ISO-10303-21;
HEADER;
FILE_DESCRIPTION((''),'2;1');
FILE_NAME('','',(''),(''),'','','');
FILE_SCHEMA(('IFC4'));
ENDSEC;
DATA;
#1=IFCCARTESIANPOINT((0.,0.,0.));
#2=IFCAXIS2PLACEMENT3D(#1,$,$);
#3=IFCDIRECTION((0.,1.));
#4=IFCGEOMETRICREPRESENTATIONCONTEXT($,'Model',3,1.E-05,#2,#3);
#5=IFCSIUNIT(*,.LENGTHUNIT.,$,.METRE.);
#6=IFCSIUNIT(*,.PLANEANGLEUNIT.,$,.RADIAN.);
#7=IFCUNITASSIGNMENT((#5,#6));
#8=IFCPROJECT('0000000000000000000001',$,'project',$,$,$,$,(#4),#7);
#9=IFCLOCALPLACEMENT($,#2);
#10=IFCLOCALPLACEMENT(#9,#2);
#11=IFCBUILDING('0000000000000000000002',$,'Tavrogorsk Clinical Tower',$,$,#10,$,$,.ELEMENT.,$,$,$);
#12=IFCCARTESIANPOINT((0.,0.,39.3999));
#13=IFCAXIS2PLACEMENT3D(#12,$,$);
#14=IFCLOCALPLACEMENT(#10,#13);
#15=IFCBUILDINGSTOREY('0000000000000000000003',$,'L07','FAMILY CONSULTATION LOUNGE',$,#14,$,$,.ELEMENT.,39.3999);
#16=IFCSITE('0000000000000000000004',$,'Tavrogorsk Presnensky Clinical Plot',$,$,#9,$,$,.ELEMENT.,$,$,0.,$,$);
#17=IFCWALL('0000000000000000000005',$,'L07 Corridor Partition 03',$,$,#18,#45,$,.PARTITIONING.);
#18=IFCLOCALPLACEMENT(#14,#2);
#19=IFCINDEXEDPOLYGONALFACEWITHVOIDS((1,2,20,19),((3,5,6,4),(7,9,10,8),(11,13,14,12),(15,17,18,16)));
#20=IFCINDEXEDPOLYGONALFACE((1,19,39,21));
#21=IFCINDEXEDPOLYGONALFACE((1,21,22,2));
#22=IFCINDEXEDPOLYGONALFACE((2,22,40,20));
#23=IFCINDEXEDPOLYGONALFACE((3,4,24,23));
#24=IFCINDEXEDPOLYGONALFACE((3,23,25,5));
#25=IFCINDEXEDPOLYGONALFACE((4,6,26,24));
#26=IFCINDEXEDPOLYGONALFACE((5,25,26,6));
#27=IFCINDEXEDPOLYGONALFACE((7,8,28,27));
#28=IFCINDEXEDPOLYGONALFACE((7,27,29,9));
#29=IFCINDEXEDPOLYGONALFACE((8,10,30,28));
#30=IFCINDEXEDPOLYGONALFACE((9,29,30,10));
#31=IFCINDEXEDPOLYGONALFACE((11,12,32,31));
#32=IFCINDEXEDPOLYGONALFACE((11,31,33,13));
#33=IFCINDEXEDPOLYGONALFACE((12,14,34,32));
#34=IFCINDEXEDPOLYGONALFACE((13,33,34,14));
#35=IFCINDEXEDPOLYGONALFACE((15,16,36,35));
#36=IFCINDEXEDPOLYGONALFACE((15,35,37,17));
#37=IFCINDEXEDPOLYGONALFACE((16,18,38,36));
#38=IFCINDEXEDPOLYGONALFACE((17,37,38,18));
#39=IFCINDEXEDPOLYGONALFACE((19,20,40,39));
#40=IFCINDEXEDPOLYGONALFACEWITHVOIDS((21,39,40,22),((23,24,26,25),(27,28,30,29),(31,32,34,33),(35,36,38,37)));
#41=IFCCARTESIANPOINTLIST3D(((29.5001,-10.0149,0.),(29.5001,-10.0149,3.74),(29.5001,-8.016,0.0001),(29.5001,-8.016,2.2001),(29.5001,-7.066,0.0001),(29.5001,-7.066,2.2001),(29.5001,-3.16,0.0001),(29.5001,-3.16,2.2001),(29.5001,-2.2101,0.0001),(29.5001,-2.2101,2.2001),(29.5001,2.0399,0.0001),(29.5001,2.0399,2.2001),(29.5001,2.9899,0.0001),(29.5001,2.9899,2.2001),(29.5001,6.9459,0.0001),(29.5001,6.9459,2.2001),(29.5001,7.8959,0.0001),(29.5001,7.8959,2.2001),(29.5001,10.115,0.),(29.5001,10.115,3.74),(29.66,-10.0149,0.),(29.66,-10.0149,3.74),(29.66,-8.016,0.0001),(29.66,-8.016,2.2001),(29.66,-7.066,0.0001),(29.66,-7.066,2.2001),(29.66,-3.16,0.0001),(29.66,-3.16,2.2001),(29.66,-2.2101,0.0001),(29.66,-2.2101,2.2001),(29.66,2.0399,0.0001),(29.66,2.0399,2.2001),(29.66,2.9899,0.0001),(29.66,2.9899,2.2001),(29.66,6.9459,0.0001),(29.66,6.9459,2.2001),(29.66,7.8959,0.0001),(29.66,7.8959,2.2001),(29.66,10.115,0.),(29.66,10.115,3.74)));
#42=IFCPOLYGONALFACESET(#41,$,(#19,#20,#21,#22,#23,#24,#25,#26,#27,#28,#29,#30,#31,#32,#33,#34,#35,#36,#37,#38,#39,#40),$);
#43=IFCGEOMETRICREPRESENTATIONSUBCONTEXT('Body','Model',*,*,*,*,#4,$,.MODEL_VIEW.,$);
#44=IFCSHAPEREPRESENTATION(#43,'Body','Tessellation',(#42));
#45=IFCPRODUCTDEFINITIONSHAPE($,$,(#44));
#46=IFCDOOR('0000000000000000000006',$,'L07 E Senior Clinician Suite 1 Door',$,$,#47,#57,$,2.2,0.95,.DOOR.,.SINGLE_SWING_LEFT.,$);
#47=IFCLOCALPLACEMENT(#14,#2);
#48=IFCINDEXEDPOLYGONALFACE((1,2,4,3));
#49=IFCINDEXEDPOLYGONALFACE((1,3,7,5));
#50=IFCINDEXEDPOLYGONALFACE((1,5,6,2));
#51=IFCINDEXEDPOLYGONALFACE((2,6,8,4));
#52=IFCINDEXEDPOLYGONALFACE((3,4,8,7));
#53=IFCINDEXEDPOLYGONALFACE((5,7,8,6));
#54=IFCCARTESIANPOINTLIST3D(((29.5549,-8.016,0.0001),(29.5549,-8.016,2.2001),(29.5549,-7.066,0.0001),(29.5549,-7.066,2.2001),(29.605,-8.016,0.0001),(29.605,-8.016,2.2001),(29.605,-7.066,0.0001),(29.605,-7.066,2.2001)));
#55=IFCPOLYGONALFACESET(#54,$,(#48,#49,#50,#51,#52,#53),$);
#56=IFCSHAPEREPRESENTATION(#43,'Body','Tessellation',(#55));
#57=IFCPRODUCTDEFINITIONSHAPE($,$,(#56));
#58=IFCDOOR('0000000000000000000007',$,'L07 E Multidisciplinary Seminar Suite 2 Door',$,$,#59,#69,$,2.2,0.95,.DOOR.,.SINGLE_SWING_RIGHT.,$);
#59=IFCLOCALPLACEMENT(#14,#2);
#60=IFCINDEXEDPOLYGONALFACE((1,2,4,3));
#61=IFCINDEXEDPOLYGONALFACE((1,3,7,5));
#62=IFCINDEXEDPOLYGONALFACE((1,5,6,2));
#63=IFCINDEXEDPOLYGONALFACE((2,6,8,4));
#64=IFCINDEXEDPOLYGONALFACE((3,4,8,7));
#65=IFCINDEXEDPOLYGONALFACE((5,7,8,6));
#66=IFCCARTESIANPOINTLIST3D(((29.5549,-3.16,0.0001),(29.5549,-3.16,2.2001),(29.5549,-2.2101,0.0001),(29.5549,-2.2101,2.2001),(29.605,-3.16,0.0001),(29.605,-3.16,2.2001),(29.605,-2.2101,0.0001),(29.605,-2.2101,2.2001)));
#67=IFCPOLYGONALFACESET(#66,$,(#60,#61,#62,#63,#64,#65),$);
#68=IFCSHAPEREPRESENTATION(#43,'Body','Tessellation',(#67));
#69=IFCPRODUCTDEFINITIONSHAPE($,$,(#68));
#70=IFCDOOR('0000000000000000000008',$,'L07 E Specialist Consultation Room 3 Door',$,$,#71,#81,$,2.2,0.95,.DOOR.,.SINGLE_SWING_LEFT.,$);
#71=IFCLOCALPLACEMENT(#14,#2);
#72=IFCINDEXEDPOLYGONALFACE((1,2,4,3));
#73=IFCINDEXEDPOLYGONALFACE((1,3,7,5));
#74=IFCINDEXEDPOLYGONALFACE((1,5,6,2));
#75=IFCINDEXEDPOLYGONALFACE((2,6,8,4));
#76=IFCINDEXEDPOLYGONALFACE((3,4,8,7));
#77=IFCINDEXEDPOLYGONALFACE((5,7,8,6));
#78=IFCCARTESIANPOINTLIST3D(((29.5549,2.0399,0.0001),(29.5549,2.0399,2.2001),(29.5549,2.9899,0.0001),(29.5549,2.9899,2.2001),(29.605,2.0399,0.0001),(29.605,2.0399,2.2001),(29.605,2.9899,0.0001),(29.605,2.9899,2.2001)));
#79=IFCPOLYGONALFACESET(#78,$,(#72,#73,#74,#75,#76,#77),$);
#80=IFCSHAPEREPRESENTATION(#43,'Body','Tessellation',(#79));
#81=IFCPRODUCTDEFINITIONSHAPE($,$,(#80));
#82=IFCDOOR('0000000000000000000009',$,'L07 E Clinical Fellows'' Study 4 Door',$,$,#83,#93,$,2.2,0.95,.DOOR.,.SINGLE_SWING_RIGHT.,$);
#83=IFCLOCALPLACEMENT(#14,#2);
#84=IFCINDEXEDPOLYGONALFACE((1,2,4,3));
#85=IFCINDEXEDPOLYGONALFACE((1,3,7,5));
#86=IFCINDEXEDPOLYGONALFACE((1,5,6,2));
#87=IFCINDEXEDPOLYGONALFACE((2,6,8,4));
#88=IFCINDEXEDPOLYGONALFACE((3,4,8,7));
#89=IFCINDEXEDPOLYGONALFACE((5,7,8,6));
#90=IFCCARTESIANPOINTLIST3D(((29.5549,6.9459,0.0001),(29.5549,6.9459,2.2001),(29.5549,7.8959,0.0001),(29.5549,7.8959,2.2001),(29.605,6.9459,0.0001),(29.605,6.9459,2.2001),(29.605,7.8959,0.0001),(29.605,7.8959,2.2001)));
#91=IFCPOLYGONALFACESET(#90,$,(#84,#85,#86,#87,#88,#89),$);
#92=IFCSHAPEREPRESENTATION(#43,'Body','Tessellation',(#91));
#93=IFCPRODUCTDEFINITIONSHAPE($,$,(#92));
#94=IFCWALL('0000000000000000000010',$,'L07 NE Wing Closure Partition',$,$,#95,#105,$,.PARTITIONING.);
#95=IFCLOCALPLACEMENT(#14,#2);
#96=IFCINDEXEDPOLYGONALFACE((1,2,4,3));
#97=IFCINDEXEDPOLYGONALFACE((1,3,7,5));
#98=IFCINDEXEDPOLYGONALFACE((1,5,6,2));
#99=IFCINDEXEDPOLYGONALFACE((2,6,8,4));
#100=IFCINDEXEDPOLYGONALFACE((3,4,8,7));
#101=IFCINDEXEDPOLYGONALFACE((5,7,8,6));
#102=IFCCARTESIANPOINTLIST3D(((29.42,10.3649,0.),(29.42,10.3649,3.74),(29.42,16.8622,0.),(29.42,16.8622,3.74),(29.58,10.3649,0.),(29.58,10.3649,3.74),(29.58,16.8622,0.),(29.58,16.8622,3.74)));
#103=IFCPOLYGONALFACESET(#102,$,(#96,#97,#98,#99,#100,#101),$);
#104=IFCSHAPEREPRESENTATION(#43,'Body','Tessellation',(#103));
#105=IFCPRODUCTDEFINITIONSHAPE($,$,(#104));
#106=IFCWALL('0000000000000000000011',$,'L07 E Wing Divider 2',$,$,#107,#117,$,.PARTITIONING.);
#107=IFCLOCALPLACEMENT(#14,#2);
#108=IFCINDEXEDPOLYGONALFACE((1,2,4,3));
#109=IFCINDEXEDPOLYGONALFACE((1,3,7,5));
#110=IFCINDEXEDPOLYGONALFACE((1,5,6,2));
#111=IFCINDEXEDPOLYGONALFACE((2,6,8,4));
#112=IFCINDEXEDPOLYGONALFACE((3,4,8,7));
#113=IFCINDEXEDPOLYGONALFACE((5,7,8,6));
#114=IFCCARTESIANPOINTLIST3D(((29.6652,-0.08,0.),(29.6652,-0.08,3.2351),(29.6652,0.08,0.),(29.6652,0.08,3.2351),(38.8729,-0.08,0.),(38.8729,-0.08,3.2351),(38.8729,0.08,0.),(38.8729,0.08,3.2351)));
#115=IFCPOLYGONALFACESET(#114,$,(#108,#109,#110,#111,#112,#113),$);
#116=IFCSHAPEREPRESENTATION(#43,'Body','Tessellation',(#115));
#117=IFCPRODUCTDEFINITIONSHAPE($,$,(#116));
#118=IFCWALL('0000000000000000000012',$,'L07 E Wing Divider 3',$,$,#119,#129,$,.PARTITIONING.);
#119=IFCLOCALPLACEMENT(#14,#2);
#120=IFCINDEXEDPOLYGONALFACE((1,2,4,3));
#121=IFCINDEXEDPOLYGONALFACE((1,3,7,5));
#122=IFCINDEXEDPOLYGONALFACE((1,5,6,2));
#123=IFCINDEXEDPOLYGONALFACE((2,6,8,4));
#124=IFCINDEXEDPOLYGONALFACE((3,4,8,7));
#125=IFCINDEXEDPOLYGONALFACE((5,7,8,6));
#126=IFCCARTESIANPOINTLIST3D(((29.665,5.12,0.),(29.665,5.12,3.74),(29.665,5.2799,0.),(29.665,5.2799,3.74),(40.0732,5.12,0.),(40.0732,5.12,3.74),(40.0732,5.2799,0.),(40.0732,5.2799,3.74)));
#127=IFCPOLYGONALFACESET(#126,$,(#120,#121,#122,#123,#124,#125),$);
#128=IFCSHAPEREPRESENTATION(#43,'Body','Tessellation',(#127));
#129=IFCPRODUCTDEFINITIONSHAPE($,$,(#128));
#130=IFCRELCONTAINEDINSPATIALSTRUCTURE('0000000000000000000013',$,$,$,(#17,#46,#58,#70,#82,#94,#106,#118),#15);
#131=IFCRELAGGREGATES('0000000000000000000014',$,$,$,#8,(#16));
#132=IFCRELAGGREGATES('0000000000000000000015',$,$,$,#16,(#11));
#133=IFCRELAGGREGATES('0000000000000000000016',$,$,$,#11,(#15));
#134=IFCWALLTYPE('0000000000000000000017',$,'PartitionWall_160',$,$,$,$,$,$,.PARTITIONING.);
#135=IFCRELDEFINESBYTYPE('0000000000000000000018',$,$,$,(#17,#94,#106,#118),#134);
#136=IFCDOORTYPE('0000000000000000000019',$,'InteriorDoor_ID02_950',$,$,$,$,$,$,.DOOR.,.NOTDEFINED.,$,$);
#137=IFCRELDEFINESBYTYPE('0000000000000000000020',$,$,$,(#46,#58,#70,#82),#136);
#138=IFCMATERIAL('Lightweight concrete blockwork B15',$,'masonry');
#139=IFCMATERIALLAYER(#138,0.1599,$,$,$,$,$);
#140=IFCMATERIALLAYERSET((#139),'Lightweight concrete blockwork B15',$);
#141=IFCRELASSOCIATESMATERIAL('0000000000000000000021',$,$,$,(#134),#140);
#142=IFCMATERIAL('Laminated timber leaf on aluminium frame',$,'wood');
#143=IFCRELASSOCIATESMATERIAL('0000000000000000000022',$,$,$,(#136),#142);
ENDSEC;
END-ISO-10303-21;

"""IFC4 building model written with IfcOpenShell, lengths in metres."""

from ifc_helpers import new_model, si_unit, direction, frame, frame_2d, origin, place, context, subcontext, project, spatial, rectangle, extrude, material, layer, layer_set, type_object, element, fill, save


model = new_model("IFC4")

# Units and contexts
model_context = context("Model", 3, precision=1e-05, world=origin(), true_north=direction((0.0, 1.0)))
body_context = subcontext(model_context, "Body", "Model", "MODEL_VIEW")
ifc_project = project(units=[si_unit("LENGTHUNIT", "METRE"), si_unit("PLANEANGLEUNIT", "RADIAN")], contexts=[model_context])

# Site, building, storey
site_placement = place(None, origin())
site = spatial("IfcSite", under=ifc_project, at=site_placement, Name="Tavrogorsk Presnensky Clinical Plot", CompositionType="ELEMENT", RefElevation=0.0)
building_placement = place(site_placement, origin())
building = spatial("IfcBuilding", under=site, at=building_placement, Name="Tavrogorsk Clinical Tower", CompositionType="ELEMENT")
storey_placement = place(building_placement, frame((0.0, 0.0, 39.3999)))
storey = spatial("IfcBuildingStorey", under=building, at=storey_placement, Name="L07", Description="FAMILY CONSULTATION LOUNGE", CompositionType="ELEMENT", Elevation=39.3999)

# Shared definitions
ifc_material_1 = material(Name="Lightweight concrete blockwork B15", Category="masonry")
ifc_layer_1 = layer(ifc_material_1, 0.1599)
ifc_layer_set_1 = layer_set([ifc_layer_1], Name="Lightweight concrete blockwork B15")
wall_type_1 = type_object("IfcWallType", Name="PartitionWall_160", PredefinedType="PARTITIONING", material=ifc_layer_set_1)

# Wall, openings, doors
wall_1_placement = place(storey_placement, frame((29.5801, 10.115, 0.0), z_axis=(0.0, 0.0, 1.0), x_axis=(0.0, -1.0, 0.0)))
wall_1 = element("IfcWall", 1, at=wall_1_placement, inside=storey, type_object=wall_type_1, Name="L07 Corridor Partition 03", PredefinedType="PARTITIONING", context=body_context, shape_type="SweptSolid", body=[
    extrude(rectangle(XDim=20.1299, YDim=0.1599, at=frame_2d((10.0649, 0.0))), origin(), (0.0, 0.0, 1.0), 3.74),
])
opening_1_placement = place(wall_1_placement, frame((17.1809, 0.0, 0.0)))
opening_1 = element("IfcOpeningElement", 2, at=opening_1_placement, cuts=wall_1, PredefinedType="OPENING", context=body_context, shape_type="SweptSolid", body=[
    extrude(rectangle(XDim=0.95, YDim=2.2, at=frame_2d((0.4751, 1.1001))), frame((0.0, 0.0898, 0.0), z_axis=(0.0, -1.0, 0.0), x_axis=(1.0, 0.0, 0.0)), (0.0, 0.0, 1.0), 0.1799),
])
opening_2_placement = place(wall_1_placement, frame((12.325, 0.0, 0.0)))
opening_2 = element("IfcOpeningElement", 3, at=opening_2_placement, cuts=wall_1, PredefinedType="OPENING", context=body_context, shape_type="SweptSolid", body=[
    extrude(rectangle(XDim=0.95, YDim=2.2, at=frame_2d((0.4751, 1.1001))), frame((0.0, 0.0898, 0.0), z_axis=(0.0, -1.0, 0.0), x_axis=(1.0, 0.0, 0.0)), (0.0, 0.0, 1.0), 0.1799),
])
opening_3_placement = place(wall_1_placement, frame((7.125, 0.0, 0.0)))
opening_3 = element("IfcOpeningElement", 4, at=opening_3_placement, cuts=wall_1, PredefinedType="OPENING", context=body_context, shape_type="SweptSolid", body=[
    extrude(rectangle(XDim=0.95, YDim=2.2, at=frame_2d((0.4751, 1.1001))), frame((0.0, 0.0898, 0.0), z_axis=(0.0, -1.0, 0.0), x_axis=(1.0, 0.0, 0.0)), (0.0, 0.0, 1.0), 0.1799),
])
opening_4_placement = place(wall_1_placement, frame((2.219, 0.0, 0.0)))
opening_4 = element("IfcOpeningElement", 5, at=opening_4_placement, cuts=wall_1, PredefinedType="OPENING", context=body_context, shape_type="SweptSolid", body=[
    extrude(rectangle(XDim=0.95, YDim=2.2, at=frame_2d((0.4751, 1.1001))), frame((0.0, 0.0898, 0.0), z_axis=(0.0, -1.0, 0.0), x_axis=(1.0, 0.0, 0.0)), (0.0, 0.0, 1.0), 0.1799),
])
ifc_material_2 = material(Name="Laminated timber leaf on aluminium frame", Category="wood")
door_type = type_object("IfcDoorType", Name="InteriorDoor_ID02_950", OperationType="NOTDEFINED", PredefinedType="DOOR", material=ifc_material_2)
door_1_placement = place(opening_1_placement, origin())
door_1 = element("IfcDoor", 6, at=door_1_placement, inside=storey, type_object=door_type, Name="L07 E Senior Clinician Suite 1 Door", OperationType="SINGLE_SWING_LEFT", OverallHeight=2.2, OverallWidth=0.95, PredefinedType="DOOR", context=body_context, shape_type="SweptSolid", body=[
    extrude(rectangle(XDim=0.95, YDim=2.2, at=frame_2d((0.4751, 1.1001))), frame((0.0, 0.0249, 0.0), z_axis=(0.0, -1.0, 0.0), x_axis=(1.0, 0.0, 0.0)), (0.0, 0.0, 1.0), 0.05),
])
fill(opening_1, door_1)
door_2_placement = place(opening_2_placement, origin())
door_2 = element("IfcDoor", 7, at=door_2_placement, inside=storey, type_object=door_type, Name="L07 E Multidisciplinary Seminar Suite 2 Door", OperationType="SINGLE_SWING_RIGHT", OverallHeight=2.2, OverallWidth=0.95, PredefinedType="DOOR", context=body_context, shape_type="SweptSolid", body=[
    extrude(rectangle(XDim=0.95, YDim=2.2, at=frame_2d((0.4751, 1.1001))), frame((0.0, 0.0249, 0.0), z_axis=(0.0, -1.0, 0.0), x_axis=(1.0, 0.0, 0.0)), (0.0, 0.0, 1.0), 0.05),
])
fill(opening_2, door_2)
door_3_placement = place(opening_3_placement, origin())
door_3 = element("IfcDoor", 8, at=door_3_placement, inside=storey, type_object=door_type, Name="L07 E Specialist Consultation Room 3 Door", OperationType="SINGLE_SWING_LEFT", OverallHeight=2.2, OverallWidth=0.95, PredefinedType="DOOR", context=body_context, shape_type="SweptSolid", body=[
    extrude(rectangle(XDim=0.95, YDim=2.2, at=frame_2d((0.4751, 1.1001))), frame((0.0, 0.0249, 0.0), z_axis=(0.0, -1.0, 0.0), x_axis=(1.0, 0.0, 0.0)), (0.0, 0.0, 1.0), 0.05),
])
fill(opening_3, door_3)
door_4_placement = place(opening_4_placement, origin())
door_4 = element("IfcDoor", 9, at=door_4_placement, inside=storey, type_object=door_type, Name="L07 E Clinical Fellows' Study 4 Door", OperationType="SINGLE_SWING_RIGHT", OverallHeight=2.2, OverallWidth=0.95, PredefinedType="DOOR", context=body_context, shape_type="SweptSolid", body=[
    extrude(rectangle(XDim=0.95, YDim=2.2, at=frame_2d((0.4751, 1.1001))), frame((0.0, 0.0249, 0.0), z_axis=(0.0, -1.0, 0.0), x_axis=(1.0, 0.0, 0.0)), (0.0, 0.0, 1.0), 0.05),
])
fill(opening_4, door_4)

# Walls
wall_2_placement = place(storey_placement, frame((29.5, 10.365, 0.0), z_axis=(0.0, 0.0, 1.0), x_axis=(0.0, 1.0, 0.0)))
element("IfcWall", 10, at=wall_2_placement, inside=storey, type_object=wall_type_1, Name="L07 NE Wing Closure Partition", PredefinedType="PARTITIONING", context=body_context, shape_type="SweptSolid", body=[
    extrude(rectangle(XDim=6.4973, YDim=0.1599, at=frame_2d((3.2485, 0.0))), origin(), (0.0, 0.0, 1.0), 3.74),
])
wall_3_placement = place(storey_placement, frame((29.665, 0.0, 0.0), z_axis=(0.0, 0.0, 1.0), x_axis=(1.0, 0.0, 0.0)))
element("IfcWall", 11, at=wall_3_placement, inside=storey, type_object=wall_type_1, Name="L07 E Wing Divider 2", PredefinedType="PARTITIONING", context=body_context, shape_type="SweptSolid", body=[
    extrude(rectangle(XDim=9.2078, YDim=0.1599, at=frame_2d((4.604, 0.0))), origin(), (0.0, 0.0, 1.0), 3.2351),
])
wall_4_placement = place(storey_placement, frame((29.665, 5.2, 0.0), z_axis=(0.0, 0.0, 1.0), x_axis=(1.0, 0.0, 0.0)))
element("IfcWall", 12, at=wall_4_placement, inside=storey, type_object=wall_type_1, Name="L07 E Wing Divider 3", PredefinedType="PARTITIONING", context=body_context, shape_type="SweptSolid", body=[
    extrude(rectangle(XDim=10.4082, YDim=0.1599, at=frame_2d((5.2041, 0.0))), origin(), (0.0, 0.0, 1.0), 3.74),
])

save(model, "model.ifc")
